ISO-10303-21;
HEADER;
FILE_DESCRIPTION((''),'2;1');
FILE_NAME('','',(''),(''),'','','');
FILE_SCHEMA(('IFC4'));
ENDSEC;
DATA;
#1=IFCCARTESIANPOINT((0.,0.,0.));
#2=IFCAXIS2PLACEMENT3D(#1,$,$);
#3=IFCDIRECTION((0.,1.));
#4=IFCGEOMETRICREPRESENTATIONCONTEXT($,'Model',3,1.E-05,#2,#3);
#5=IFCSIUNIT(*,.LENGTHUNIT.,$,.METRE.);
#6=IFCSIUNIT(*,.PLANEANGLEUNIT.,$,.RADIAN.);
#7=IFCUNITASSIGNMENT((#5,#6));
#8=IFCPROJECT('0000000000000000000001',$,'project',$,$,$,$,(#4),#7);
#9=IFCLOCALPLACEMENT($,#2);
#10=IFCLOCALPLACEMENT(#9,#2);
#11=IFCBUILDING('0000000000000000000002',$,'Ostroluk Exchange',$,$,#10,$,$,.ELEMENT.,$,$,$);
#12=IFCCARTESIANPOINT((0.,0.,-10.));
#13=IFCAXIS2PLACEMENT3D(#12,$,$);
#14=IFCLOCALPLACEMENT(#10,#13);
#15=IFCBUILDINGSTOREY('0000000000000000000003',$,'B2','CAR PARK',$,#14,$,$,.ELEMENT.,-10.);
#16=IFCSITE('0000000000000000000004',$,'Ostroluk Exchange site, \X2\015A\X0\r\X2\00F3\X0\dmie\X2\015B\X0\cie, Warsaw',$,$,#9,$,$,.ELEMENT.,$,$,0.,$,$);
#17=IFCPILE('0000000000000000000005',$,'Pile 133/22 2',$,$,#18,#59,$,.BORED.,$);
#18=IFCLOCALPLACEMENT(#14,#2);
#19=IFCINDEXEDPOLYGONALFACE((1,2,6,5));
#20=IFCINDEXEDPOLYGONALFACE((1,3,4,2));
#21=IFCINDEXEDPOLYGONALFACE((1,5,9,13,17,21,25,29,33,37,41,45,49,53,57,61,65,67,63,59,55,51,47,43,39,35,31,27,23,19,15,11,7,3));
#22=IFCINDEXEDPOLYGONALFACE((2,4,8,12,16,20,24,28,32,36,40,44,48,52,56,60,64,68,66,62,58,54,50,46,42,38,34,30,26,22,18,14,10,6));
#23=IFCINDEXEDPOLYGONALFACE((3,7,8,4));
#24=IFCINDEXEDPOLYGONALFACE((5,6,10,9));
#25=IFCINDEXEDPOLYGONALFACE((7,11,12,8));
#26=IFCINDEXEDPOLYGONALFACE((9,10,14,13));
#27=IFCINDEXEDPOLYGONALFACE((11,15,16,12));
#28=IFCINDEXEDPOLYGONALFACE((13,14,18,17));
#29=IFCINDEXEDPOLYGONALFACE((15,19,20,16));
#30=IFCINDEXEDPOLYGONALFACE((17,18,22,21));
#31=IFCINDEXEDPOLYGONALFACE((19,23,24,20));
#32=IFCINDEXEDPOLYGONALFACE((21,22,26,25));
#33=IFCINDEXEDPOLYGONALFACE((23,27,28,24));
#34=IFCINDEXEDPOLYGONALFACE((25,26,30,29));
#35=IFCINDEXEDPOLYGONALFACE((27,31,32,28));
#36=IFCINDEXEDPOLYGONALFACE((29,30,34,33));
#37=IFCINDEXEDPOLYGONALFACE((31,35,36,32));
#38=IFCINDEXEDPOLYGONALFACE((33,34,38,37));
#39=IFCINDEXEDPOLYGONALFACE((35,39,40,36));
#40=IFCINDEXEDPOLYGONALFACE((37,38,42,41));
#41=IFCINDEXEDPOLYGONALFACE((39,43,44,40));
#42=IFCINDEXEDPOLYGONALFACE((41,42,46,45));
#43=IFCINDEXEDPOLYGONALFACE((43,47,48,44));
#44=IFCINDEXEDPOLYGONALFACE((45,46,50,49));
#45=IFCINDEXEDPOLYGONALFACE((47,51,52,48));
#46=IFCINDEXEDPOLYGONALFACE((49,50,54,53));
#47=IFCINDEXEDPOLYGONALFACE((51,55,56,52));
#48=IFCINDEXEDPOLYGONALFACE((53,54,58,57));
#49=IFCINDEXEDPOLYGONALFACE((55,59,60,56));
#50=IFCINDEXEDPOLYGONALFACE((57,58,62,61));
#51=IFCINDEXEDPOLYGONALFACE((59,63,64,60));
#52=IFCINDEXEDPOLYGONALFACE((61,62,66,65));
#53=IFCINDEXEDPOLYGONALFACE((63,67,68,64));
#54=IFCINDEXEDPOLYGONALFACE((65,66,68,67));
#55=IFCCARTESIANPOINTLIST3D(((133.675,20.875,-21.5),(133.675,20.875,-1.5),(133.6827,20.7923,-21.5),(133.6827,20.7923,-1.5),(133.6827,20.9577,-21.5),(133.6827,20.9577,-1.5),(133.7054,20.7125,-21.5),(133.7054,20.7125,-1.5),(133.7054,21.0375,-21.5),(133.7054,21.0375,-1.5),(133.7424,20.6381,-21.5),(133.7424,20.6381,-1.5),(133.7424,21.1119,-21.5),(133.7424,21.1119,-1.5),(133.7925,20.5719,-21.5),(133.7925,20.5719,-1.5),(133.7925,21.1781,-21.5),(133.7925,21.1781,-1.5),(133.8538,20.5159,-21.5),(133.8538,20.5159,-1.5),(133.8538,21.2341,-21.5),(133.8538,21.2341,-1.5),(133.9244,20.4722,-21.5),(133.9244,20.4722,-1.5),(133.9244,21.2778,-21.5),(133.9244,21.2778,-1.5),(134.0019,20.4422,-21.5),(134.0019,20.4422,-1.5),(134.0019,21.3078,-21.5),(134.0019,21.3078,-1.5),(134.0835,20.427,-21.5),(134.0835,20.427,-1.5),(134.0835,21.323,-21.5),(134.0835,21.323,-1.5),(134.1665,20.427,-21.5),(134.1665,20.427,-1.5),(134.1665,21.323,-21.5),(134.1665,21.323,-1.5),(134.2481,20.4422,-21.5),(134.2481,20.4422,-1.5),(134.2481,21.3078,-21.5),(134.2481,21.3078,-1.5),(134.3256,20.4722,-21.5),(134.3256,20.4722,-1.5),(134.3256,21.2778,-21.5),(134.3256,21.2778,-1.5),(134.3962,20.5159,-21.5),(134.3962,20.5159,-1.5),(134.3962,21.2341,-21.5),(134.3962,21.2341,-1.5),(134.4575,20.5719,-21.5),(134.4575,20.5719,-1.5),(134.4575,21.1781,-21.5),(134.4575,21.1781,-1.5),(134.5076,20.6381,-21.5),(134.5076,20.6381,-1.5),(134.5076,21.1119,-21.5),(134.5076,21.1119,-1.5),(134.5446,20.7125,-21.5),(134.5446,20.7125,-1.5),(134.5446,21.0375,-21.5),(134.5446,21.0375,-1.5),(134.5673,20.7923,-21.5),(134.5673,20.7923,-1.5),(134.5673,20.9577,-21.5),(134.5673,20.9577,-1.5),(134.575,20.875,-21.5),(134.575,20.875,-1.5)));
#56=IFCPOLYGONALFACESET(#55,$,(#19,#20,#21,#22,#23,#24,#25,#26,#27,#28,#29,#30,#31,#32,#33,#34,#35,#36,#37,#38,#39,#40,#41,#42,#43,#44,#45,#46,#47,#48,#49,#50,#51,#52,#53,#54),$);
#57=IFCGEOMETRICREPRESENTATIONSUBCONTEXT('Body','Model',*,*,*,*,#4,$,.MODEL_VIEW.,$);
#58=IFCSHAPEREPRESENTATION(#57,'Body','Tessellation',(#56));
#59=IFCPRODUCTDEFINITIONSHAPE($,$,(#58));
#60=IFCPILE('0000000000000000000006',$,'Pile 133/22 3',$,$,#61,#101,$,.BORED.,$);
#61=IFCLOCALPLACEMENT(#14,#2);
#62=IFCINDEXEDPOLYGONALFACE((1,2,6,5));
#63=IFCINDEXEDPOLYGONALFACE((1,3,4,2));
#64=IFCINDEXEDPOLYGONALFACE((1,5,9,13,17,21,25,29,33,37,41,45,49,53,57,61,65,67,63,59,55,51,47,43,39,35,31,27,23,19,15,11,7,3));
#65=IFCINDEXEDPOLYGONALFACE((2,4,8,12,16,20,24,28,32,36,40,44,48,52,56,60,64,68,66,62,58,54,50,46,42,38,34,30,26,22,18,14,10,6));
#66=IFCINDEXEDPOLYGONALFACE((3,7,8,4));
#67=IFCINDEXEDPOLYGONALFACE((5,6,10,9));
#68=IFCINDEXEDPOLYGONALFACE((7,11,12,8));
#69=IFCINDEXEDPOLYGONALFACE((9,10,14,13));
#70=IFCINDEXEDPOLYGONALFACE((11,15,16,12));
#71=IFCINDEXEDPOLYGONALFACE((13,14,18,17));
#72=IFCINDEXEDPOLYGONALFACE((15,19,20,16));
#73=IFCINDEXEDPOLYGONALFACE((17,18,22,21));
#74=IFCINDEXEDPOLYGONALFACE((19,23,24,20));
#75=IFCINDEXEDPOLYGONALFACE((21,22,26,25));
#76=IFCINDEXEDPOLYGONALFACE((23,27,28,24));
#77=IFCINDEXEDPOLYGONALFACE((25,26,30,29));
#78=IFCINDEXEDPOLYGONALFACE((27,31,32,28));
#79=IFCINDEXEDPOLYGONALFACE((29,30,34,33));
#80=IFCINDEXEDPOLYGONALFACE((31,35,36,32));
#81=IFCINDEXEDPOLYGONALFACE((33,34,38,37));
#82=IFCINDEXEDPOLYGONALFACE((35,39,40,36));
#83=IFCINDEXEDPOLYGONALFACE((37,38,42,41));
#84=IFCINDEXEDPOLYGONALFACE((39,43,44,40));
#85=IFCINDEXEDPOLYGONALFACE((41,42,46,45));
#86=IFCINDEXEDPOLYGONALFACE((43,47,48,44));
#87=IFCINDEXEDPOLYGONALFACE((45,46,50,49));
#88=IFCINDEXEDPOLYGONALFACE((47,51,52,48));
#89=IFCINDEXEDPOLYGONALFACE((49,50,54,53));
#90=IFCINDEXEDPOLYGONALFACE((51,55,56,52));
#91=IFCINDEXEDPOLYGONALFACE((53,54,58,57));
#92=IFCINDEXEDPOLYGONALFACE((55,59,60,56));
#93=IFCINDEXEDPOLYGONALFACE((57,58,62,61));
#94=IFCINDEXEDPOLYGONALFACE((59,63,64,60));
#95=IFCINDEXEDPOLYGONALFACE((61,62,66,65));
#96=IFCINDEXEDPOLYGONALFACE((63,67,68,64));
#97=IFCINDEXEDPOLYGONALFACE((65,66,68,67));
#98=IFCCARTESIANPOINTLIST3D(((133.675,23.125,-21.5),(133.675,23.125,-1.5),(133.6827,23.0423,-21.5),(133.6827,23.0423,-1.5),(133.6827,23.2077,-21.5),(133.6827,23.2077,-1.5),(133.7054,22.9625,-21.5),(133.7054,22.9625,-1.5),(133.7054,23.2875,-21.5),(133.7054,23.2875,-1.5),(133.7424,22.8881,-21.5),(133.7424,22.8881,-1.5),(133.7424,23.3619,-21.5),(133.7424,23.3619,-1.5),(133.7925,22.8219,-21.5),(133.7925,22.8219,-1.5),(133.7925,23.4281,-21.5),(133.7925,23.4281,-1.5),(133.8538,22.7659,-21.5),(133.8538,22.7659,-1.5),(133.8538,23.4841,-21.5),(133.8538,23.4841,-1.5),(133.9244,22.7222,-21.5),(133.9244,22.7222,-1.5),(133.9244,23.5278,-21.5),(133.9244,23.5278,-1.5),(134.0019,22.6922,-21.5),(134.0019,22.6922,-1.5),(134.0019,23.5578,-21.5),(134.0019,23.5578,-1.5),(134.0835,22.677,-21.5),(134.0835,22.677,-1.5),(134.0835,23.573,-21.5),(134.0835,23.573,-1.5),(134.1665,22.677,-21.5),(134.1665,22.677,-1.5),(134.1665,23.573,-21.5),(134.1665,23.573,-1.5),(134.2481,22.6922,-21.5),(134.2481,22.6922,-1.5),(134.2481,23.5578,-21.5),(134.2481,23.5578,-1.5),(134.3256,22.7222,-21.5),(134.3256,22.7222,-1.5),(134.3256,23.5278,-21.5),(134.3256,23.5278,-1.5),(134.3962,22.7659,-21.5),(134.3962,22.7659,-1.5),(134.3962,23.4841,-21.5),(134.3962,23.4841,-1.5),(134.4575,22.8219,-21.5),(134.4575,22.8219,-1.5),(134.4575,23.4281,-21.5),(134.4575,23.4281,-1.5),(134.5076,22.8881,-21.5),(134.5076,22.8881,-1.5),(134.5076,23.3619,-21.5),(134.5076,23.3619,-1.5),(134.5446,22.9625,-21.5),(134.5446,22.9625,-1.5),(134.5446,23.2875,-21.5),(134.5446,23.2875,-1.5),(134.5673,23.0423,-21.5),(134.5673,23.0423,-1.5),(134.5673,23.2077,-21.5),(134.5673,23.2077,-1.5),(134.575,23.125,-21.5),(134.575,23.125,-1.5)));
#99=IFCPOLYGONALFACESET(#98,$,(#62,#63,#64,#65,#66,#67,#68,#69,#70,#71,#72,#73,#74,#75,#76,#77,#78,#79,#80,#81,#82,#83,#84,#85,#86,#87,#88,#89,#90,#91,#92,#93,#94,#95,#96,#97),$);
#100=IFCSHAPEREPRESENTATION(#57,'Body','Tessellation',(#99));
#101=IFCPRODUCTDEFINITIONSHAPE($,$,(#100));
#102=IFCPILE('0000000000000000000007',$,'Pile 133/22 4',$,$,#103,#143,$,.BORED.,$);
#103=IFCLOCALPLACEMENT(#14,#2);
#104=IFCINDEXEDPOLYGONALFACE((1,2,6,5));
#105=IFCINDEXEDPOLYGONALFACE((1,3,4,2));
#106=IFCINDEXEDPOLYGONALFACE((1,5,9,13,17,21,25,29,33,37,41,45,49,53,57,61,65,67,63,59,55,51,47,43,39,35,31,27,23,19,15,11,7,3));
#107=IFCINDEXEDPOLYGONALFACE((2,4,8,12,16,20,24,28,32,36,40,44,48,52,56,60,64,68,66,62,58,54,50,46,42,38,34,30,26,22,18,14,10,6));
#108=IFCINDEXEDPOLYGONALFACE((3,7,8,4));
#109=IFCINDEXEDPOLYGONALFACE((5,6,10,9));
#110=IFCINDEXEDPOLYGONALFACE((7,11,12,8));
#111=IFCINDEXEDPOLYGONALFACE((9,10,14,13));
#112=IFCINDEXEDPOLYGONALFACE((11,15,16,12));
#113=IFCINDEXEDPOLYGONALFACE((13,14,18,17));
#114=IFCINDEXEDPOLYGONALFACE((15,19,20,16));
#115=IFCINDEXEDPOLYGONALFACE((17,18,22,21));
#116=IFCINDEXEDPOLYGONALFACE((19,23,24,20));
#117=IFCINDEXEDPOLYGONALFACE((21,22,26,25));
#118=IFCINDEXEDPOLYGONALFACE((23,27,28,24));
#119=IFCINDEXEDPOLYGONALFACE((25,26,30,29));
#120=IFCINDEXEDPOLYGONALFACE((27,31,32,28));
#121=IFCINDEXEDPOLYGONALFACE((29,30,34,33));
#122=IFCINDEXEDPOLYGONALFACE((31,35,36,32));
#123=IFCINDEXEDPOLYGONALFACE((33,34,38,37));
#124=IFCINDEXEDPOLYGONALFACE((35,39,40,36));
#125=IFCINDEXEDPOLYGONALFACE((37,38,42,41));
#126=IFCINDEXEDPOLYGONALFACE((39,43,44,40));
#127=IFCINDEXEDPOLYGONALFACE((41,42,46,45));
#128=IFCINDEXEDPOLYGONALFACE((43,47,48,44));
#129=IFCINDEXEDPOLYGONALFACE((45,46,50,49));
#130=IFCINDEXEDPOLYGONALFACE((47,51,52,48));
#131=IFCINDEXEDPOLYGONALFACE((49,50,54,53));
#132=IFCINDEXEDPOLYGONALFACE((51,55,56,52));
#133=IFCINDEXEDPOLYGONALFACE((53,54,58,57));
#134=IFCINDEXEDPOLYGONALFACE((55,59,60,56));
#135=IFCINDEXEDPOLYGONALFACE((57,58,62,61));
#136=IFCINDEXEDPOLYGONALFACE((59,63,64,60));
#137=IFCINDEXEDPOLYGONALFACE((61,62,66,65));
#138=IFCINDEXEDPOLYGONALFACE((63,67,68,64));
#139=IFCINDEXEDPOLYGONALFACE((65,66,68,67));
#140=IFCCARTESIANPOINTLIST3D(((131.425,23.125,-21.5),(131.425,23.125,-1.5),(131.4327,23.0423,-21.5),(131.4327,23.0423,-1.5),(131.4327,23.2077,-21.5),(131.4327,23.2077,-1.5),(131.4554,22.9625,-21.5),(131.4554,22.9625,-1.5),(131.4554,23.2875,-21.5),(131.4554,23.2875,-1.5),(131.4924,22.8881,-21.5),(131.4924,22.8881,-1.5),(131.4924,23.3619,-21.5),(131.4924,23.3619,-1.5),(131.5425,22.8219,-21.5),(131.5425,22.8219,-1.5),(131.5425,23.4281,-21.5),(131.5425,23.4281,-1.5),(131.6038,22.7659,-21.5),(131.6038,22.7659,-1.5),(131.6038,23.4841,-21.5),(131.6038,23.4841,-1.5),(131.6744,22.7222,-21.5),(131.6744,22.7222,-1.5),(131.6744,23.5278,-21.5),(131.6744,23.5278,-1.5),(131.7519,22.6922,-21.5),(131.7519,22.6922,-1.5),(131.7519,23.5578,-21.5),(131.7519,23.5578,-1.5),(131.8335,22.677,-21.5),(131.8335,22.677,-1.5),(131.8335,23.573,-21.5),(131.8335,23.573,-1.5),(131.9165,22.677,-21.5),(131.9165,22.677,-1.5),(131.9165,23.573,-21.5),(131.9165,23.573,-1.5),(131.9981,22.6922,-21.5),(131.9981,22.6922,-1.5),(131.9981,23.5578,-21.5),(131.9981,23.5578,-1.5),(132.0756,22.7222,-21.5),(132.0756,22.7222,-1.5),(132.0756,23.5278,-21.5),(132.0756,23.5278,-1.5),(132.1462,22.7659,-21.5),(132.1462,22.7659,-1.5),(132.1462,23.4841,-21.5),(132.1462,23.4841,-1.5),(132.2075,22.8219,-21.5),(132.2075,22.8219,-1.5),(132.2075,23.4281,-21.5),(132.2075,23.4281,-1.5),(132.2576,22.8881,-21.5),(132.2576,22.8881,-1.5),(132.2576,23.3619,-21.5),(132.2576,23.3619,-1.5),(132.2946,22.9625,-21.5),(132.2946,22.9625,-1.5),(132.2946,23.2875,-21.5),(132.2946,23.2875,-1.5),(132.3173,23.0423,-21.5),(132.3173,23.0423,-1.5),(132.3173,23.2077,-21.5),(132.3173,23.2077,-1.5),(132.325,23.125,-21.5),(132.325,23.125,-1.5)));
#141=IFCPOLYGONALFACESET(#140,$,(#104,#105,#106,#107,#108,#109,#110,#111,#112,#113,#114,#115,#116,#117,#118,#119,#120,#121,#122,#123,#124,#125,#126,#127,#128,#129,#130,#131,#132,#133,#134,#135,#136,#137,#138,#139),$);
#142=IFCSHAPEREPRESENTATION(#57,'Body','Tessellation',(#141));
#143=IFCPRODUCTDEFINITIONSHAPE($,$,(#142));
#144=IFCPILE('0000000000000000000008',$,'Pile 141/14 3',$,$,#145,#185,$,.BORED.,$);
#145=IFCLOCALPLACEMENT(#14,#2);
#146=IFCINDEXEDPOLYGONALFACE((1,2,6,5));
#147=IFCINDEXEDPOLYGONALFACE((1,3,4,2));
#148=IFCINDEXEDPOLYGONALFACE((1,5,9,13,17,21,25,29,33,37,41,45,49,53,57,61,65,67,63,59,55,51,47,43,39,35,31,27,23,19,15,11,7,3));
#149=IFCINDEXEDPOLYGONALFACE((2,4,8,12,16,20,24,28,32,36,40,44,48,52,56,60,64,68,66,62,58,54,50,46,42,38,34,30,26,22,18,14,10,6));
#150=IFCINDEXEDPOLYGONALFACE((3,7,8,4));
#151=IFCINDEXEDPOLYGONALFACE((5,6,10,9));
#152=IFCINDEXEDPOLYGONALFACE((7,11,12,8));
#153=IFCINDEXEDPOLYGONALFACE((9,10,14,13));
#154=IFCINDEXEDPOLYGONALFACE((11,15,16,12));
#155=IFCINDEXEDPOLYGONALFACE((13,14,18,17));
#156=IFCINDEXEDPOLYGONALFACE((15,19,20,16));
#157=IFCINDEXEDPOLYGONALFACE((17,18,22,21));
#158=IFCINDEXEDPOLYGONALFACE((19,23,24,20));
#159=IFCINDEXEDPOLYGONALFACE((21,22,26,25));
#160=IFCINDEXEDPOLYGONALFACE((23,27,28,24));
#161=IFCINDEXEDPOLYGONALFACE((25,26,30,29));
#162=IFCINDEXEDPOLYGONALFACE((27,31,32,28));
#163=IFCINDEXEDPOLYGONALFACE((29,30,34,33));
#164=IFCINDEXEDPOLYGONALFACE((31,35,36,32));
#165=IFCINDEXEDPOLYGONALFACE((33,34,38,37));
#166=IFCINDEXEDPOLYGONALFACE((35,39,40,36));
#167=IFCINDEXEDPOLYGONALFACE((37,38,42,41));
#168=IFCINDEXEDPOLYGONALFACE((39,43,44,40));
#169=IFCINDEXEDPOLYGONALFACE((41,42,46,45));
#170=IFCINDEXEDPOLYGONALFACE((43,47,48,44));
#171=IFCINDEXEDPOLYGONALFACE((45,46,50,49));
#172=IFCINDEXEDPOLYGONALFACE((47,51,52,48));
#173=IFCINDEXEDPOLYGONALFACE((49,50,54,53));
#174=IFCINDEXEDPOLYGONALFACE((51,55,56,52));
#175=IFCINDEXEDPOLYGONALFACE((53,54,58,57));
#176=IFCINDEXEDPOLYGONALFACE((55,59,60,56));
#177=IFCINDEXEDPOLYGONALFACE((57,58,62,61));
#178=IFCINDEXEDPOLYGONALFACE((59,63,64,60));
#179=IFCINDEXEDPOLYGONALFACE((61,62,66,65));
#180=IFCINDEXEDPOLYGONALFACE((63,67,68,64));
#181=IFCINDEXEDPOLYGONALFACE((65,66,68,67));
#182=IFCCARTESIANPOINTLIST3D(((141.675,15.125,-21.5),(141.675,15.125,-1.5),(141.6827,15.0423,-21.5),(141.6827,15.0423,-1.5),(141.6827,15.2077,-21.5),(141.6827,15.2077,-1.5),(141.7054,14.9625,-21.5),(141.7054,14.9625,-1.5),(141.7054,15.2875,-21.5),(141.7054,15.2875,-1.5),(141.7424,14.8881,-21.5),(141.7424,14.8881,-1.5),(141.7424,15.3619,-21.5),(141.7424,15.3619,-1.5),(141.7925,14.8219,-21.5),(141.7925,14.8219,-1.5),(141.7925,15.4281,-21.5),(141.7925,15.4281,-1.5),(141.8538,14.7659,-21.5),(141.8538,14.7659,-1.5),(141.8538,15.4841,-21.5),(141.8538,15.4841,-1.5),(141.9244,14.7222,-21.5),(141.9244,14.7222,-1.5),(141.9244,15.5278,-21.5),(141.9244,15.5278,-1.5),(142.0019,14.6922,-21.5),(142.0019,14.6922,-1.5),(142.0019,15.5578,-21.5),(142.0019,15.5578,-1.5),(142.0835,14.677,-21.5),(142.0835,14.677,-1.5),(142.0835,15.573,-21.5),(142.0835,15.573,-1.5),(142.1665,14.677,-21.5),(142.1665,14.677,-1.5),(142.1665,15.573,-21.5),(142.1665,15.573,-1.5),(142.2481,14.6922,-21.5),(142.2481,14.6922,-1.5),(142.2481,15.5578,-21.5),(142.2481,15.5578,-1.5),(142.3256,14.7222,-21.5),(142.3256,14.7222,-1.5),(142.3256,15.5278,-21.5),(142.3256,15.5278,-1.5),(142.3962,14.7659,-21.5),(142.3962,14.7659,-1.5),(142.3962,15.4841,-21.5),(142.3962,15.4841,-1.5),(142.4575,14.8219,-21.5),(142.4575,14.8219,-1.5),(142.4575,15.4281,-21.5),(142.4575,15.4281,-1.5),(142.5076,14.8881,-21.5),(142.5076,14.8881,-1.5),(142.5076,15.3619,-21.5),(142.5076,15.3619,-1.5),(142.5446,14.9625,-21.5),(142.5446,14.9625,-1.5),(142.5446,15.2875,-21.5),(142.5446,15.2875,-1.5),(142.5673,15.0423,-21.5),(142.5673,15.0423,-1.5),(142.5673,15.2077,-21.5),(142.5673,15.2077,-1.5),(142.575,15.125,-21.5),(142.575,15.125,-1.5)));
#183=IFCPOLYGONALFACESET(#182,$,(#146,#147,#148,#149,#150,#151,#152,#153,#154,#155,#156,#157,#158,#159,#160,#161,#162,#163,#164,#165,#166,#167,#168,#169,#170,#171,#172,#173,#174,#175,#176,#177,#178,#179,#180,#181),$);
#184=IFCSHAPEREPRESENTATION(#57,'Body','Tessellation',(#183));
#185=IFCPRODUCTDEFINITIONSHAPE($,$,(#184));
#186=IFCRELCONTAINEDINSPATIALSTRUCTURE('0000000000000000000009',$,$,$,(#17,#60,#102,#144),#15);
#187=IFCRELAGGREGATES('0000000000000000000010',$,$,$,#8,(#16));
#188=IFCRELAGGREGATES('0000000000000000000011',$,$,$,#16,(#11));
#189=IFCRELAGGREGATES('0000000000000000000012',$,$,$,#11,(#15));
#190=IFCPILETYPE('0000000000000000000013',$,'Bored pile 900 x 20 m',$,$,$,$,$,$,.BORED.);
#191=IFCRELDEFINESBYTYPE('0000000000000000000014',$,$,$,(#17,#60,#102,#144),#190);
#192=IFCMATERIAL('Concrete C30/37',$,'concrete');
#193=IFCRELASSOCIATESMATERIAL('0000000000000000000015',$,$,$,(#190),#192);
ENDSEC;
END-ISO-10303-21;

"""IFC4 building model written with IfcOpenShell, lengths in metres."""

from ifc_helpers import new_model, si_unit, direction, frame, origin, origin_2d, place, context, subcontext, project, spatial, circle, extrude, material, type_object, element, save


model = new_model("IFC4")

# Units and contexts
model_context = context("Model", 3, precision=1e-05, world=origin(), true_north=direction((0.0, 1.0)))
body_context = subcontext(model_context, "Body", "Model", "MODEL_VIEW")
ifc_project = project(units=[si_unit("LENGTHUNIT", "METRE"), si_unit("PLANEANGLEUNIT", "RADIAN")], contexts=[model_context])

# Site, building, storey
site_placement = place(None, origin())
site = spatial("IfcSite", under=ifc_project, at=site_placement, Name="Ostroluk Exchange site, Śródmieście, Warsaw", CompositionType="ELEMENT", RefElevation=0.0)
building_placement = place(site_placement, origin())
building = spatial("IfcBuilding", under=site, at=building_placement, Name="Ostroluk Exchange", CompositionType="ELEMENT")
storey_placement = place(building_placement, frame((0.0, 0.0, -10.0)))
storey = spatial("IfcBuildingStorey", under=building, at=storey_placement, Name="B2", Description="CAR PARK", CompositionType="ELEMENT", Elevation=-10.0)

# Piles
ifc_material_1 = material(Name="Concrete C30/37", Category="concrete")
pile_type_1 = type_object("IfcPileType", Name="Bored pile 900 x 20 m", PredefinedType="BORED", material=ifc_material_1)
for number, where, z_axis, x_axis, name in (
    (1, (134.125, 20.875, -1.5), (0.0, 0.0, -1.0), (1.0, 0.0, 0.0), "Pile 133/22 2"),
    (2, (134.125, 23.125, -1.5), (0.0, 0.0, -1.0), (1.0, 0.0, 0.0), "Pile 133/22 3"),
    (3, (131.875, 23.125, -1.5), (0.0, 0.0, -1.0), (1.0, 0.0, 0.0), "Pile 133/22 4"),
    (4, (142.125, 15.125, -1.5), (0.0, 0.0, -1.0), (1.0, 0.0, 0.0), "Pile 141/14 3"),
):
    element("IfcPile", number, at=place(storey_placement, frame(where, z_axis=z_axis, x_axis=x_axis)), inside=storey, type_object=pile_type_1, Name=name, PredefinedType="BORED", context=body_context, shape_type="SweptSolid", body=[
        extrude(circle(Radius=0.45, at=origin_2d()), origin(), (0.0, 0.0, 1.0), 20.0),
    ])

save(model, "model.ifc")
